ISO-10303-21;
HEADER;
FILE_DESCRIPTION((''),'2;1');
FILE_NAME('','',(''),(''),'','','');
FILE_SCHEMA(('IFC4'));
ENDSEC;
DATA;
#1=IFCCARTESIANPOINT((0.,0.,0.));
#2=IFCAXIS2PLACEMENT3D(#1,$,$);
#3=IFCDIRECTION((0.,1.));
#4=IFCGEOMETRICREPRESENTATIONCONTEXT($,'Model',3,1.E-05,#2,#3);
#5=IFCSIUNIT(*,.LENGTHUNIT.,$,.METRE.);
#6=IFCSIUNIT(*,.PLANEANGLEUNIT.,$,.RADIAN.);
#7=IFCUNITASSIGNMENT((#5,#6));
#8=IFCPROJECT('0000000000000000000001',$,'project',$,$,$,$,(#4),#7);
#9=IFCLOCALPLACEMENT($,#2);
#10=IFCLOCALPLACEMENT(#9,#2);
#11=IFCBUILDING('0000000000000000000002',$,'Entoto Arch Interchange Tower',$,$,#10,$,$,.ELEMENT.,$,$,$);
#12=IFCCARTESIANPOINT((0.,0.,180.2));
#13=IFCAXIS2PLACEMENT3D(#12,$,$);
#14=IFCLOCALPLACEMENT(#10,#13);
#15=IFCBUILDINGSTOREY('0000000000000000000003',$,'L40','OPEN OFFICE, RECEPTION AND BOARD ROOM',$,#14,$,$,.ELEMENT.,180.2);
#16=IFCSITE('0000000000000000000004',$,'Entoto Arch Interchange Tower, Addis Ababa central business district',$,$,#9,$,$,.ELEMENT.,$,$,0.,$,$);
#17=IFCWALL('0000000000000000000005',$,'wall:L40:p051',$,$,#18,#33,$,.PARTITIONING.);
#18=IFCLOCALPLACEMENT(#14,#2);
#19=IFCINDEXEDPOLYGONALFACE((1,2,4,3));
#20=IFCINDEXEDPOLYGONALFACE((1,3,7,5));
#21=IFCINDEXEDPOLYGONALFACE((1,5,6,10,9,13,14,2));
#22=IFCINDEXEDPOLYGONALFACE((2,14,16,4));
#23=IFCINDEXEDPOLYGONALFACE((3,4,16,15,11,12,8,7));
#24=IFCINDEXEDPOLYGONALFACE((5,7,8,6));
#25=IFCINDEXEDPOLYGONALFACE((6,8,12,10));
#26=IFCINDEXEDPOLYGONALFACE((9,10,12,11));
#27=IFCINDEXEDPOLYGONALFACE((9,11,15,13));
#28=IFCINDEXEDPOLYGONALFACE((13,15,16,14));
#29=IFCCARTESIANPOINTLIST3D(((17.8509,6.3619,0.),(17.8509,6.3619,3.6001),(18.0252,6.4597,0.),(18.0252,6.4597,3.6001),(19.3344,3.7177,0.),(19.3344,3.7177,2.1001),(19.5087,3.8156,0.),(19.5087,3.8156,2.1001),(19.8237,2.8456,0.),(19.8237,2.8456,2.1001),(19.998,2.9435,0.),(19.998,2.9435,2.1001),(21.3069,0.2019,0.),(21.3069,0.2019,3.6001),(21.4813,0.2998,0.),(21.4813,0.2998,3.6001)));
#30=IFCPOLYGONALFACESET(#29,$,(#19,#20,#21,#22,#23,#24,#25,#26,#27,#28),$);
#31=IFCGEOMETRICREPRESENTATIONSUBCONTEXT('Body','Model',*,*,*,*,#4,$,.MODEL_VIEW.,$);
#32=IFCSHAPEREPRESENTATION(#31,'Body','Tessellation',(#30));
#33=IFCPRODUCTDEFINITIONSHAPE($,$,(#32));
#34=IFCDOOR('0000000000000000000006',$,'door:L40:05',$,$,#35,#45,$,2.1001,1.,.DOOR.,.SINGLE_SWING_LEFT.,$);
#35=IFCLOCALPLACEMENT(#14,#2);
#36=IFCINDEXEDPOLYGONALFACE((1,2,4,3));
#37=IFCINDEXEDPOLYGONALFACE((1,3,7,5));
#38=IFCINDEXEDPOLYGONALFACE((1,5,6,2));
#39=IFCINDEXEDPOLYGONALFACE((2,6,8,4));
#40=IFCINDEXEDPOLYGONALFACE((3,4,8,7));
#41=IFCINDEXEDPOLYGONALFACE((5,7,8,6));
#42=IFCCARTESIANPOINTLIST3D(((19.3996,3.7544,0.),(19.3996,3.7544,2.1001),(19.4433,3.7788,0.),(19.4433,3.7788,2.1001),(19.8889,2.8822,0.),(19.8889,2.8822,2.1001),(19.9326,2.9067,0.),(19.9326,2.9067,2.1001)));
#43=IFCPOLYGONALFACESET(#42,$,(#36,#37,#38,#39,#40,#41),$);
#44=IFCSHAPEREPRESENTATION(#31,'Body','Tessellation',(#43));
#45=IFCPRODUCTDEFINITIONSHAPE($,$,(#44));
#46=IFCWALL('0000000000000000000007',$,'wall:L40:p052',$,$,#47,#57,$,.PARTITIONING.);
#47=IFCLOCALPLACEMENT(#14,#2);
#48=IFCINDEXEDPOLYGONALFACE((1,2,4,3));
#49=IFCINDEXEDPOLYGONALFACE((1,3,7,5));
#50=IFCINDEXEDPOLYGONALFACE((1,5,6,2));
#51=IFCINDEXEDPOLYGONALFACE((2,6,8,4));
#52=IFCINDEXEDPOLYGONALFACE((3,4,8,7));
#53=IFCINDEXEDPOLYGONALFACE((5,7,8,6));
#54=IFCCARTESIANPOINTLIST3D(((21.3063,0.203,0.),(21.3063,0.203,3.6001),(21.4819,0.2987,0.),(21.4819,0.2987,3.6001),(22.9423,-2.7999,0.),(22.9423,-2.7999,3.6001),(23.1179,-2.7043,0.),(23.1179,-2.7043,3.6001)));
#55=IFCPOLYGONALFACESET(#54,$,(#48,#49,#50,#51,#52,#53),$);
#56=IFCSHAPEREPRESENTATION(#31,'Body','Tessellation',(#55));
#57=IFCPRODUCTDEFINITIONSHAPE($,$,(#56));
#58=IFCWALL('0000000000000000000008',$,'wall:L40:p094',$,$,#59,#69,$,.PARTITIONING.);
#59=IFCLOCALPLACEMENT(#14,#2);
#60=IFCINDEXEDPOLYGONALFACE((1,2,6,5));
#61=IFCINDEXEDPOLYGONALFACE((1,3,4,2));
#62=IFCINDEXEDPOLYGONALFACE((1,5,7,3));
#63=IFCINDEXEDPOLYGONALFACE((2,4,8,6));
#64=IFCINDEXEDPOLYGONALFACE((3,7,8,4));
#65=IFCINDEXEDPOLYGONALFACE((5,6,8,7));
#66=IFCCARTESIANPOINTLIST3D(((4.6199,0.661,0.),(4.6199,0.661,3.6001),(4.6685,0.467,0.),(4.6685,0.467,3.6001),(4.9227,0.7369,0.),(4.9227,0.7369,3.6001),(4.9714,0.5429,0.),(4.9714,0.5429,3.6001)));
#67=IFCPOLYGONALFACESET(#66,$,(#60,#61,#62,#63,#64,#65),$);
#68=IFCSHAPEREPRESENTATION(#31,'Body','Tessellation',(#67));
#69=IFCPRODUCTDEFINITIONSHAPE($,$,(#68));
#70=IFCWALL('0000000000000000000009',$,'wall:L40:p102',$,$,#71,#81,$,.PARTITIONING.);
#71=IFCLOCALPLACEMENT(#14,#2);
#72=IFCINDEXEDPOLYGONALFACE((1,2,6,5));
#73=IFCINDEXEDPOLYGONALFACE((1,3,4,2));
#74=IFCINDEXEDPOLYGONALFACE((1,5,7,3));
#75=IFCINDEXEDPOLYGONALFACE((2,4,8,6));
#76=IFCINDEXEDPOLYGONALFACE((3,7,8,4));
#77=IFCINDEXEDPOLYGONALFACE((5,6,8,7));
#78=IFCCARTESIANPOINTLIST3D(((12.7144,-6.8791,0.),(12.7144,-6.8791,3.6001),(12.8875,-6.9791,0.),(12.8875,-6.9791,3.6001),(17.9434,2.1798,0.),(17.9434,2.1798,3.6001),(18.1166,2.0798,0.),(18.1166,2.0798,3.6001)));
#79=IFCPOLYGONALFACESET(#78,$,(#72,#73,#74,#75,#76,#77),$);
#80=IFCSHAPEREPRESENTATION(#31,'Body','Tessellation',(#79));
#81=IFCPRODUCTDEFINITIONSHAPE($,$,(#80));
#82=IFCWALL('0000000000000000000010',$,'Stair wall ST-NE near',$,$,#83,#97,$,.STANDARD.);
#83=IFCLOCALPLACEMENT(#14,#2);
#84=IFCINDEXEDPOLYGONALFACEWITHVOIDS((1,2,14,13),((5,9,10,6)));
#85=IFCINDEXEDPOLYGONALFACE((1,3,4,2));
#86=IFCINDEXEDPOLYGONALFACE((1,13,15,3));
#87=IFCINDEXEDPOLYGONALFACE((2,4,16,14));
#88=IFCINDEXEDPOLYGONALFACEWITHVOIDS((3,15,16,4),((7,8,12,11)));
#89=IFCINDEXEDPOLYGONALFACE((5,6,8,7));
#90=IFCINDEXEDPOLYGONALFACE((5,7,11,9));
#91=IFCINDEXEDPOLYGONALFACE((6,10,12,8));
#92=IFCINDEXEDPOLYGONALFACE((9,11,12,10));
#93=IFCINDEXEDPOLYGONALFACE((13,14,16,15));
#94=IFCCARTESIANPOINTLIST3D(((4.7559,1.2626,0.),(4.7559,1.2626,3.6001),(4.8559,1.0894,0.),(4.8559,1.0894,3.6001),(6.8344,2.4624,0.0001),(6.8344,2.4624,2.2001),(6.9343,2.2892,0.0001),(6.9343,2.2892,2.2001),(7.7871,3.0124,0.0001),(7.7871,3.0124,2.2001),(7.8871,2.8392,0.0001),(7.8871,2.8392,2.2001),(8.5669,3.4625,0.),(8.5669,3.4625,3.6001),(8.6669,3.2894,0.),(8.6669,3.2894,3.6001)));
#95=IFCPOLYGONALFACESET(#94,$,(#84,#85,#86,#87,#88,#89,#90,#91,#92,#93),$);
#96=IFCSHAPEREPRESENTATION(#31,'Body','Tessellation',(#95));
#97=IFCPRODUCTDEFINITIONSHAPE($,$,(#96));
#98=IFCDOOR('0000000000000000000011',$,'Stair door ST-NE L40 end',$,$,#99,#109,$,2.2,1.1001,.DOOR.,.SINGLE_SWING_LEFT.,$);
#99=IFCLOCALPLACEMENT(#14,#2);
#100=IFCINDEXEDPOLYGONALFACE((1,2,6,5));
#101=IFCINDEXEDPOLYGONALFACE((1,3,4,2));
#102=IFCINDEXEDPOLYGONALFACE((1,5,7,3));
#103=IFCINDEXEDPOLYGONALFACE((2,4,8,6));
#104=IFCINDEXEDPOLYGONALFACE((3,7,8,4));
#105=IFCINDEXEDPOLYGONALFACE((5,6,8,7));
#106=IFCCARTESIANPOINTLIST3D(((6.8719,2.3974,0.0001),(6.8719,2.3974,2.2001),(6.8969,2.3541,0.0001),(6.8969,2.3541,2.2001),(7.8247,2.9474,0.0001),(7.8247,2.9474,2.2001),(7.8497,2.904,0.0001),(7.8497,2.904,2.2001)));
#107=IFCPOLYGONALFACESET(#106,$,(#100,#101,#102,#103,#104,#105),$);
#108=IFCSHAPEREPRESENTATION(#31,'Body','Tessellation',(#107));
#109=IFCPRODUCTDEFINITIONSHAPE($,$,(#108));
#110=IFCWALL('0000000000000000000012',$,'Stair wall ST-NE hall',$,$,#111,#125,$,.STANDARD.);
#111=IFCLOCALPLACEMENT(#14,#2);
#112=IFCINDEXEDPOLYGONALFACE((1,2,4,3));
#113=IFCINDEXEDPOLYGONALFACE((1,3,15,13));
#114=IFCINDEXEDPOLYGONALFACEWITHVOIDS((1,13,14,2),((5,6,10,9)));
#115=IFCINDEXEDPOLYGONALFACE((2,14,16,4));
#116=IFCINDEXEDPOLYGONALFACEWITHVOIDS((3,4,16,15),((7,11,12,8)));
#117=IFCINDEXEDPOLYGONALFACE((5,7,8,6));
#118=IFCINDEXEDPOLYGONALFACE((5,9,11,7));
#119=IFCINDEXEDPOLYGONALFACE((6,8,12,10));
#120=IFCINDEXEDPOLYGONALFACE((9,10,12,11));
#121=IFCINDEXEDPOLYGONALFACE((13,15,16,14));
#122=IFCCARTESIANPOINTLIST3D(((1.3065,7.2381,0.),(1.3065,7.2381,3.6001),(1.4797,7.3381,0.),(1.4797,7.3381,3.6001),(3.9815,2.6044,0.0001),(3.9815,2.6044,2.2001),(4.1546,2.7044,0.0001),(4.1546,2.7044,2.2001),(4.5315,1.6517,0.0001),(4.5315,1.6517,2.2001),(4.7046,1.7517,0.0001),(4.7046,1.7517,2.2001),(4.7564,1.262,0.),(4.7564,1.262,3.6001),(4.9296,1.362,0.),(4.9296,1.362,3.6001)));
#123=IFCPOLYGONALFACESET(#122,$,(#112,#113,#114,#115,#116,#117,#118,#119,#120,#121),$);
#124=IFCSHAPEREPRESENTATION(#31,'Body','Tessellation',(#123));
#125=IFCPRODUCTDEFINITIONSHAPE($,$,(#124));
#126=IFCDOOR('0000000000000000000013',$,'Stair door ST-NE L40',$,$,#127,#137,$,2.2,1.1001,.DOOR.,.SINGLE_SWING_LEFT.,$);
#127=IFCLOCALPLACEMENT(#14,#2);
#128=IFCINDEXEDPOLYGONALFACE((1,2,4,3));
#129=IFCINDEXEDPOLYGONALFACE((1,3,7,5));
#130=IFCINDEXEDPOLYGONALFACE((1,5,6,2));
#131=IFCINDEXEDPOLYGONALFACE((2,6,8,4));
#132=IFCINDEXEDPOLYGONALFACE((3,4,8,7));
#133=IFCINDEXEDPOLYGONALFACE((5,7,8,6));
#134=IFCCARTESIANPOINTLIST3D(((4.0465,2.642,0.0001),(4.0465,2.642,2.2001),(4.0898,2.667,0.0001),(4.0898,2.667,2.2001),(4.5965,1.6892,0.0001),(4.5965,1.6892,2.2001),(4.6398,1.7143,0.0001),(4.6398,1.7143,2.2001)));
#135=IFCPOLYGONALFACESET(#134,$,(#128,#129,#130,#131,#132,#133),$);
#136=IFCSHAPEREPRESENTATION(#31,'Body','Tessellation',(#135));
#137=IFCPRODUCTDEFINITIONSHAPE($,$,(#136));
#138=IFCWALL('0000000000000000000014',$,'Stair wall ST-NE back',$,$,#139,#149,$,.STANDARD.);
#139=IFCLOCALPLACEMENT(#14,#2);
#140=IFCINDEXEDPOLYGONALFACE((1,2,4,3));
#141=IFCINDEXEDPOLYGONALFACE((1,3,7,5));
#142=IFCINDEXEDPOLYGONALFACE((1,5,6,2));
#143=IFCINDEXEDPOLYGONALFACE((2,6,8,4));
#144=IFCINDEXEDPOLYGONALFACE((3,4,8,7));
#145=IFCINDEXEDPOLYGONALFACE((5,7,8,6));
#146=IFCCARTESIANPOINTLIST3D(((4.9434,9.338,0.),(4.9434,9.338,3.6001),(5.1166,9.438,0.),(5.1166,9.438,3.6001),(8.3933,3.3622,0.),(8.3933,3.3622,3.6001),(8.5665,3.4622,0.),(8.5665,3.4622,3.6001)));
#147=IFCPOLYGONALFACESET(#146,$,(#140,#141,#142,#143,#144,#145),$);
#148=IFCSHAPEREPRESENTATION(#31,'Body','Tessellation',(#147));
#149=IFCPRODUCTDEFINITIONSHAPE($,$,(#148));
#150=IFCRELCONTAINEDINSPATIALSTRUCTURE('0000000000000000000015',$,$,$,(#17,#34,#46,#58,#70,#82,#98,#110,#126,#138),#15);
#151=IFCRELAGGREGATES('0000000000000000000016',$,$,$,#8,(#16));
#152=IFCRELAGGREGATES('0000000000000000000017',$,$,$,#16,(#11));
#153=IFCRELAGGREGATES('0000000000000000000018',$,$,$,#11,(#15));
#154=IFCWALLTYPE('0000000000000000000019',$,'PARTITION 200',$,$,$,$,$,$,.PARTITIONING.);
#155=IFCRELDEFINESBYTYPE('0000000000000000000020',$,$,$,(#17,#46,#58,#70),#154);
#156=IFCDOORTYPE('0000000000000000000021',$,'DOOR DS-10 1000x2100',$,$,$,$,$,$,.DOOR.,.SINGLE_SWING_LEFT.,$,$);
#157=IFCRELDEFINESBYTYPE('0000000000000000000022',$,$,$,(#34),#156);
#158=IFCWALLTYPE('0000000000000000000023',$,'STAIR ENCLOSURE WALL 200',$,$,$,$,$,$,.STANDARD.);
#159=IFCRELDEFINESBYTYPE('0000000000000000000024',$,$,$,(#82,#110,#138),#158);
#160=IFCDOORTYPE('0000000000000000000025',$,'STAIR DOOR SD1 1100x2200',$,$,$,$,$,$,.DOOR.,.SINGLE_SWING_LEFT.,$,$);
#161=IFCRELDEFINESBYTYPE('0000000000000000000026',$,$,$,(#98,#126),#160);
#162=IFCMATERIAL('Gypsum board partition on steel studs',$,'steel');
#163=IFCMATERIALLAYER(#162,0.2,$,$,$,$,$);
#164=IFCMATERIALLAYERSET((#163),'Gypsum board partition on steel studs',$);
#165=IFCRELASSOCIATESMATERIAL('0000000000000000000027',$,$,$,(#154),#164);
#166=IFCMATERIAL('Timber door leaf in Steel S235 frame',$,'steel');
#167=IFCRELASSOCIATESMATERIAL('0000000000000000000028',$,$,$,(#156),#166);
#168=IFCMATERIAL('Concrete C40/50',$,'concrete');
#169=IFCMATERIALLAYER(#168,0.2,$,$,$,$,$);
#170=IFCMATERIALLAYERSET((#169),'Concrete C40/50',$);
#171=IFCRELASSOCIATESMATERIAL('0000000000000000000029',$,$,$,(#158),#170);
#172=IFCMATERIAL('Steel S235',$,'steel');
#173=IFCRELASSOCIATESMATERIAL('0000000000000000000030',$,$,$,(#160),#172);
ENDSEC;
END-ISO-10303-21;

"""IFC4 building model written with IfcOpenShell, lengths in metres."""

from ifc_helpers import new_model, si_unit, direction, frame, frame_2d, origin, place, context, subcontext, project, spatial, rectangle, extrude, material, layer, layer_set, type_object, element, fill, save


model = new_model("IFC4")

# Units and contexts
model_context = context("Model", 3, precision=1e-05, world=origin(), true_north=direction((0.0, 1.0)))
body_context = subcontext(model_context, "Body", "Model", "MODEL_VIEW")
ifc_project = project(units=[si_unit("LENGTHUNIT", "METRE"), si_unit("PLANEANGLEUNIT", "RADIAN")], contexts=[model_context])

# Site, building, storey
site_placement = place(None, origin())
site = spatial("IfcSite", under=ifc_project, at=site_placement, Name="Entoto Arch Interchange Tower, Addis Ababa central business district", CompositionType="ELEMENT", RefElevation=0.0)
building_placement = place(site_placement, origin())
building = spatial("IfcBuilding", under=site, at=building_placement, Name="Entoto Arch Interchange Tower", CompositionType="ELEMENT")
storey_placement = place(building_placement, frame((0.0, 0.0, 180.2)))
storey = spatial("IfcBuildingStorey", under=building, at=storey_placement, Name="L40", Description="OPEN OFFICE, RECEPTION AND BOARD ROOM", CompositionType="ELEMENT", Elevation=180.2)

# Shared definitions
ifc_material_1 = material(Name="Concrete C40/50", Category="concrete")

# Shared definitions
ifc_material_2 = material(Name="Gypsum board partition on steel studs", Category="steel")
ifc_layer_1 = layer(ifc_material_2, 0.2)
ifc_layer_set_1 = layer_set([ifc_layer_1], Name="Gypsum board partition on steel studs")
wall_type_1 = type_object("IfcWallType", Name="PARTITION 200", PredefinedType="PARTITIONING", material=ifc_layer_set_1)

# Wall, opening, door
wall_1_placement = place(storey_placement, frame((17.938, 6.4109, 0.0), z_axis=(0.0, 0.0, 1.0), x_axis=(0.489304, -0.872113, 0.0)))
wall_1 = element("IfcWall", 1, at=wall_1_placement, inside=storey, type_object=wall_type_1, Name="wall:L40:p051", PredefinedType="PARTITIONING", context=body_context, shape_type="SweptSolid", body=[
    extrude(rectangle(XDim=7.0632, YDim=0.2, at=frame_2d((3.5317, 0.0))), origin(), (0.0, 0.0, 1.0), 3.6001),
])
opening_1_placement = place(wall_1_placement, frame((3.032, 0.0, 0.0)))
opening_1 = element("IfcOpeningElement", 2, at=opening_1_placement, cuts=wall_1, PredefinedType="OPENING", context=body_context, shape_type="SweptSolid", body=[
    extrude(rectangle(XDim=1.0, YDim=2.1001, at=frame_2d((0.5, 1.05))), frame((0.0, 0.1099, 0.0), z_axis=(0.0, -1.0, 0.0), x_axis=(1.0, 0.0, 0.0)), (0.0, 0.0, 1.0), 0.22),
])
ifc_material_3 = material(Name="Timber door leaf in Steel S235 frame", Category="steel")
door_type_1 = type_object("IfcDoorType", Name="DOOR DS-10 1000x2100", OperationType="SINGLE_SWING_LEFT", PredefinedType="DOOR", material=ifc_material_3)
door_1_placement = place(opening_1_placement, origin())
door_1 = element("IfcDoor", 3, at=door_1_placement, inside=storey, type_object=door_type_1, Name="door:L40:05", OperationType="SINGLE_SWING_LEFT", OverallHeight=2.1001, OverallWidth=1.0, PredefinedType="DOOR", context=body_context, shape_type="SweptSolid", body=[
    extrude(rectangle(XDim=1.0, YDim=2.1001, at=frame_2d((0.5, 1.05))), frame((0.0, 0.0249, 0.0), z_axis=(0.0, -1.0, 0.0), x_axis=(1.0, 0.0, 0.0)), (0.0, 0.0, 1.0), 0.05),
])
fill(opening_1, door_1)

# Walls
wall_2_placement = place(storey_placement, frame((21.394, 0.251, 0.0), z_axis=(0.0, 0.0, 1.0), x_axis=(0.478407, -0.878138, 0.0)))
element("IfcWall", 4, at=wall_2_placement, inside=storey, type_object=wall_type_1, Name="wall:L40:p052", PredefinedType="PARTITIONING", context=body_context, shape_type="SweptSolid", body=[
    extrude(rectangle(XDim=3.4197, YDim=0.2, at=frame_2d((1.71, 0.0))), origin(), (0.0, 0.0, 1.0), 3.6001),
])
wall_3_placement = place(storey_placement, frame((4.644, 0.564, 0.0), z_axis=(0.0, 0.0, 1.0), x_axis=(0.970004, 0.243087, 0.0)))
element("IfcWall", 5, at=wall_3_placement, inside=storey, type_object=wall_type_1, Name="wall:L40:p094", PredefinedType="PARTITIONING", context=body_context, shape_type="SweptSolid", body=[
    extrude(rectangle(XDim=0.3123, YDim=0.2, at=frame_2d((0.1562, 0.0))), origin(), (0.0, 0.0, 1.0), 3.6001),
])
wall_4_placement = place(storey_placement, frame((18.03, 2.1299, 0.0), z_axis=(0.0, 0.0, 1.0), x_axis=(-0.49992, -0.866072, 0.0)))
element("IfcWall", 6, at=wall_4_placement, inside=storey, type_object=wall_type_1, Name="wall:L40:p102", PredefinedType="PARTITIONING", context=body_context, shape_type="SweptSolid", body=[
    extrude(rectangle(XDim=10.4597, YDim=0.2, at=frame_2d((5.23, 0.0))), origin(), (0.0, 0.0, 1.0), 3.6001),
])

# Walls, openings, doors
ifc_layer_2 = layer(ifc_material_1, 0.2)
ifc_layer_set_2 = layer_set([ifc_layer_2], Name="Concrete C40/50")
wall_type_2 = type_object("IfcWallType", Name="STAIR ENCLOSURE WALL 200", PredefinedType="STANDARD", material=ifc_layer_set_2)
wall_5_placement = place(storey_placement, frame((4.8059, 1.176, 0.0), z_axis=(0.0, 0.0, 1.0), x_axis=(0.86606, 0.49994, 0.0)))
wall_5 = element("IfcWall", 7, at=wall_5_placement, inside=storey, type_object=wall_type_2, Name="Stair wall ST-NE near", PredefinedType="STANDARD", context=body_context, shape_type="SweptSolid", body=[
    extrude(rectangle(XDim=4.4004, YDim=0.2, at=frame_2d((2.2002, 0.0))), origin(), (0.0, 0.0, 1.0), 3.6001),
])
opening_2_placement = place(wall_5_placement, frame((2.3999, 0.0, 0.0)))
opening_2 = element("IfcOpeningElement", 8, at=opening_2_placement, cuts=wall_5, PredefinedType="OPENING", context=body_context, shape_type="SweptSolid", body=[
    extrude(rectangle(XDim=1.1001, YDim=2.2, at=frame_2d((0.55, 1.1001))), frame((0.0, 0.1099, 0.0), z_axis=(0.0, -1.0, 0.0), x_axis=(1.0, 0.0, 0.0)), (0.0, 0.0, 1.0), 0.22),
])
ifc_material_4 = material(Name="Steel S235", Category="steel")
door_type_2 = type_object("IfcDoorType", Name="STAIR DOOR SD1 1100x2200", OperationType="SINGLE_SWING_LEFT", PredefinedType="DOOR", material=ifc_material_4)
door_2_placement = place(opening_2_placement, origin())
door_2 = element("IfcDoor", 9, at=door_2_placement, inside=storey, type_object=door_type_2, Name="Stair door ST-NE L40 end", OperationType="SINGLE_SWING_LEFT", OverallHeight=2.2, OverallWidth=1.1001, PredefinedType="DOOR", context=body_context, shape_type="SweptSolid", body=[
    extrude(rectangle(XDim=1.1001, YDim=2.2, at=frame_2d((0.55, 1.1001))), frame((0.0, 0.0249, 0.0), z_axis=(0.0, -1.0, 0.0), x_axis=(1.0, 0.0, 0.0)), (0.0, 0.0, 1.0), 0.05),
])
fill(opening_2, door_2)
wall_6_placement = place(storey_placement, frame((4.843, 1.312, 0.0), z_axis=(0.0, 0.0, 1.0), x_axis=(-0.499963, 0.866047, 0.0)))
wall_6 = element("IfcWall", 10, at=wall_6_placement, inside=storey, type_object=wall_type_2, Name="Stair wall ST-NE hall", PredefinedType="STANDARD", context=body_context, shape_type="SweptSolid", body=[
    extrude(rectangle(XDim=6.9004, YDim=0.2, at=frame_2d((3.4502, 0.0))), origin(), (0.0, 0.0, 1.0), 3.6001),
])
opening_3_placement = place(wall_6_placement, frame((0.45, 0.0, 0.0)))
opening_3 = element("IfcOpeningElement", 11, at=opening_3_placement, cuts=wall_6, PredefinedType="OPENING", context=body_context, shape_type="SweptSolid", body=[
    extrude(rectangle(XDim=1.1001, YDim=2.2, at=frame_2d((0.55, 1.1001))), frame((0.0, 0.1099, 0.0), z_axis=(0.0, -1.0, 0.0), x_axis=(1.0, 0.0, 0.0)), (0.0, 0.0, 1.0), 0.22),
])
door_3_placement = place(opening_3_placement, origin())
door_3 = element("IfcDoor", 12, at=door_3_placement, inside=storey, type_object=door_type_2, Name="Stair door ST-NE L40", OperationType="SINGLE_SWING_LEFT", OverallHeight=2.2, OverallWidth=1.1001, PredefinedType="DOOR", context=body_context, shape_type="SweptSolid", body=[
    extrude(rectangle(XDim=1.1001, YDim=2.2, at=frame_2d((0.55, 1.1001))), frame((0.0, 0.0249, 0.0), z_axis=(0.0, -1.0, 0.0), x_axis=(1.0, 0.0, 0.0)), (0.0, 0.0, 1.0), 0.05),
])
fill(opening_3, door_3)

# Wall
wall_7_placement = place(storey_placement, frame((8.48, 3.4121, 0.0), z_axis=(0.0, 0.0, 1.0), x_axis=(-0.499979, 0.866038, 0.0)))
element("IfcWall", 13, at=wall_7_placement, inside=storey, type_object=wall_type_2, Name="Stair wall ST-NE back", PredefinedType="STANDARD", context=body_context, shape_type="SweptSolid", body=[
    extrude(rectangle(XDim=6.9001, YDim=0.2, at=frame_2d((3.4502, 0.0))), origin(), (0.0, 0.0, 1.0), 3.6001),
])

save(model, "model.ifc")
